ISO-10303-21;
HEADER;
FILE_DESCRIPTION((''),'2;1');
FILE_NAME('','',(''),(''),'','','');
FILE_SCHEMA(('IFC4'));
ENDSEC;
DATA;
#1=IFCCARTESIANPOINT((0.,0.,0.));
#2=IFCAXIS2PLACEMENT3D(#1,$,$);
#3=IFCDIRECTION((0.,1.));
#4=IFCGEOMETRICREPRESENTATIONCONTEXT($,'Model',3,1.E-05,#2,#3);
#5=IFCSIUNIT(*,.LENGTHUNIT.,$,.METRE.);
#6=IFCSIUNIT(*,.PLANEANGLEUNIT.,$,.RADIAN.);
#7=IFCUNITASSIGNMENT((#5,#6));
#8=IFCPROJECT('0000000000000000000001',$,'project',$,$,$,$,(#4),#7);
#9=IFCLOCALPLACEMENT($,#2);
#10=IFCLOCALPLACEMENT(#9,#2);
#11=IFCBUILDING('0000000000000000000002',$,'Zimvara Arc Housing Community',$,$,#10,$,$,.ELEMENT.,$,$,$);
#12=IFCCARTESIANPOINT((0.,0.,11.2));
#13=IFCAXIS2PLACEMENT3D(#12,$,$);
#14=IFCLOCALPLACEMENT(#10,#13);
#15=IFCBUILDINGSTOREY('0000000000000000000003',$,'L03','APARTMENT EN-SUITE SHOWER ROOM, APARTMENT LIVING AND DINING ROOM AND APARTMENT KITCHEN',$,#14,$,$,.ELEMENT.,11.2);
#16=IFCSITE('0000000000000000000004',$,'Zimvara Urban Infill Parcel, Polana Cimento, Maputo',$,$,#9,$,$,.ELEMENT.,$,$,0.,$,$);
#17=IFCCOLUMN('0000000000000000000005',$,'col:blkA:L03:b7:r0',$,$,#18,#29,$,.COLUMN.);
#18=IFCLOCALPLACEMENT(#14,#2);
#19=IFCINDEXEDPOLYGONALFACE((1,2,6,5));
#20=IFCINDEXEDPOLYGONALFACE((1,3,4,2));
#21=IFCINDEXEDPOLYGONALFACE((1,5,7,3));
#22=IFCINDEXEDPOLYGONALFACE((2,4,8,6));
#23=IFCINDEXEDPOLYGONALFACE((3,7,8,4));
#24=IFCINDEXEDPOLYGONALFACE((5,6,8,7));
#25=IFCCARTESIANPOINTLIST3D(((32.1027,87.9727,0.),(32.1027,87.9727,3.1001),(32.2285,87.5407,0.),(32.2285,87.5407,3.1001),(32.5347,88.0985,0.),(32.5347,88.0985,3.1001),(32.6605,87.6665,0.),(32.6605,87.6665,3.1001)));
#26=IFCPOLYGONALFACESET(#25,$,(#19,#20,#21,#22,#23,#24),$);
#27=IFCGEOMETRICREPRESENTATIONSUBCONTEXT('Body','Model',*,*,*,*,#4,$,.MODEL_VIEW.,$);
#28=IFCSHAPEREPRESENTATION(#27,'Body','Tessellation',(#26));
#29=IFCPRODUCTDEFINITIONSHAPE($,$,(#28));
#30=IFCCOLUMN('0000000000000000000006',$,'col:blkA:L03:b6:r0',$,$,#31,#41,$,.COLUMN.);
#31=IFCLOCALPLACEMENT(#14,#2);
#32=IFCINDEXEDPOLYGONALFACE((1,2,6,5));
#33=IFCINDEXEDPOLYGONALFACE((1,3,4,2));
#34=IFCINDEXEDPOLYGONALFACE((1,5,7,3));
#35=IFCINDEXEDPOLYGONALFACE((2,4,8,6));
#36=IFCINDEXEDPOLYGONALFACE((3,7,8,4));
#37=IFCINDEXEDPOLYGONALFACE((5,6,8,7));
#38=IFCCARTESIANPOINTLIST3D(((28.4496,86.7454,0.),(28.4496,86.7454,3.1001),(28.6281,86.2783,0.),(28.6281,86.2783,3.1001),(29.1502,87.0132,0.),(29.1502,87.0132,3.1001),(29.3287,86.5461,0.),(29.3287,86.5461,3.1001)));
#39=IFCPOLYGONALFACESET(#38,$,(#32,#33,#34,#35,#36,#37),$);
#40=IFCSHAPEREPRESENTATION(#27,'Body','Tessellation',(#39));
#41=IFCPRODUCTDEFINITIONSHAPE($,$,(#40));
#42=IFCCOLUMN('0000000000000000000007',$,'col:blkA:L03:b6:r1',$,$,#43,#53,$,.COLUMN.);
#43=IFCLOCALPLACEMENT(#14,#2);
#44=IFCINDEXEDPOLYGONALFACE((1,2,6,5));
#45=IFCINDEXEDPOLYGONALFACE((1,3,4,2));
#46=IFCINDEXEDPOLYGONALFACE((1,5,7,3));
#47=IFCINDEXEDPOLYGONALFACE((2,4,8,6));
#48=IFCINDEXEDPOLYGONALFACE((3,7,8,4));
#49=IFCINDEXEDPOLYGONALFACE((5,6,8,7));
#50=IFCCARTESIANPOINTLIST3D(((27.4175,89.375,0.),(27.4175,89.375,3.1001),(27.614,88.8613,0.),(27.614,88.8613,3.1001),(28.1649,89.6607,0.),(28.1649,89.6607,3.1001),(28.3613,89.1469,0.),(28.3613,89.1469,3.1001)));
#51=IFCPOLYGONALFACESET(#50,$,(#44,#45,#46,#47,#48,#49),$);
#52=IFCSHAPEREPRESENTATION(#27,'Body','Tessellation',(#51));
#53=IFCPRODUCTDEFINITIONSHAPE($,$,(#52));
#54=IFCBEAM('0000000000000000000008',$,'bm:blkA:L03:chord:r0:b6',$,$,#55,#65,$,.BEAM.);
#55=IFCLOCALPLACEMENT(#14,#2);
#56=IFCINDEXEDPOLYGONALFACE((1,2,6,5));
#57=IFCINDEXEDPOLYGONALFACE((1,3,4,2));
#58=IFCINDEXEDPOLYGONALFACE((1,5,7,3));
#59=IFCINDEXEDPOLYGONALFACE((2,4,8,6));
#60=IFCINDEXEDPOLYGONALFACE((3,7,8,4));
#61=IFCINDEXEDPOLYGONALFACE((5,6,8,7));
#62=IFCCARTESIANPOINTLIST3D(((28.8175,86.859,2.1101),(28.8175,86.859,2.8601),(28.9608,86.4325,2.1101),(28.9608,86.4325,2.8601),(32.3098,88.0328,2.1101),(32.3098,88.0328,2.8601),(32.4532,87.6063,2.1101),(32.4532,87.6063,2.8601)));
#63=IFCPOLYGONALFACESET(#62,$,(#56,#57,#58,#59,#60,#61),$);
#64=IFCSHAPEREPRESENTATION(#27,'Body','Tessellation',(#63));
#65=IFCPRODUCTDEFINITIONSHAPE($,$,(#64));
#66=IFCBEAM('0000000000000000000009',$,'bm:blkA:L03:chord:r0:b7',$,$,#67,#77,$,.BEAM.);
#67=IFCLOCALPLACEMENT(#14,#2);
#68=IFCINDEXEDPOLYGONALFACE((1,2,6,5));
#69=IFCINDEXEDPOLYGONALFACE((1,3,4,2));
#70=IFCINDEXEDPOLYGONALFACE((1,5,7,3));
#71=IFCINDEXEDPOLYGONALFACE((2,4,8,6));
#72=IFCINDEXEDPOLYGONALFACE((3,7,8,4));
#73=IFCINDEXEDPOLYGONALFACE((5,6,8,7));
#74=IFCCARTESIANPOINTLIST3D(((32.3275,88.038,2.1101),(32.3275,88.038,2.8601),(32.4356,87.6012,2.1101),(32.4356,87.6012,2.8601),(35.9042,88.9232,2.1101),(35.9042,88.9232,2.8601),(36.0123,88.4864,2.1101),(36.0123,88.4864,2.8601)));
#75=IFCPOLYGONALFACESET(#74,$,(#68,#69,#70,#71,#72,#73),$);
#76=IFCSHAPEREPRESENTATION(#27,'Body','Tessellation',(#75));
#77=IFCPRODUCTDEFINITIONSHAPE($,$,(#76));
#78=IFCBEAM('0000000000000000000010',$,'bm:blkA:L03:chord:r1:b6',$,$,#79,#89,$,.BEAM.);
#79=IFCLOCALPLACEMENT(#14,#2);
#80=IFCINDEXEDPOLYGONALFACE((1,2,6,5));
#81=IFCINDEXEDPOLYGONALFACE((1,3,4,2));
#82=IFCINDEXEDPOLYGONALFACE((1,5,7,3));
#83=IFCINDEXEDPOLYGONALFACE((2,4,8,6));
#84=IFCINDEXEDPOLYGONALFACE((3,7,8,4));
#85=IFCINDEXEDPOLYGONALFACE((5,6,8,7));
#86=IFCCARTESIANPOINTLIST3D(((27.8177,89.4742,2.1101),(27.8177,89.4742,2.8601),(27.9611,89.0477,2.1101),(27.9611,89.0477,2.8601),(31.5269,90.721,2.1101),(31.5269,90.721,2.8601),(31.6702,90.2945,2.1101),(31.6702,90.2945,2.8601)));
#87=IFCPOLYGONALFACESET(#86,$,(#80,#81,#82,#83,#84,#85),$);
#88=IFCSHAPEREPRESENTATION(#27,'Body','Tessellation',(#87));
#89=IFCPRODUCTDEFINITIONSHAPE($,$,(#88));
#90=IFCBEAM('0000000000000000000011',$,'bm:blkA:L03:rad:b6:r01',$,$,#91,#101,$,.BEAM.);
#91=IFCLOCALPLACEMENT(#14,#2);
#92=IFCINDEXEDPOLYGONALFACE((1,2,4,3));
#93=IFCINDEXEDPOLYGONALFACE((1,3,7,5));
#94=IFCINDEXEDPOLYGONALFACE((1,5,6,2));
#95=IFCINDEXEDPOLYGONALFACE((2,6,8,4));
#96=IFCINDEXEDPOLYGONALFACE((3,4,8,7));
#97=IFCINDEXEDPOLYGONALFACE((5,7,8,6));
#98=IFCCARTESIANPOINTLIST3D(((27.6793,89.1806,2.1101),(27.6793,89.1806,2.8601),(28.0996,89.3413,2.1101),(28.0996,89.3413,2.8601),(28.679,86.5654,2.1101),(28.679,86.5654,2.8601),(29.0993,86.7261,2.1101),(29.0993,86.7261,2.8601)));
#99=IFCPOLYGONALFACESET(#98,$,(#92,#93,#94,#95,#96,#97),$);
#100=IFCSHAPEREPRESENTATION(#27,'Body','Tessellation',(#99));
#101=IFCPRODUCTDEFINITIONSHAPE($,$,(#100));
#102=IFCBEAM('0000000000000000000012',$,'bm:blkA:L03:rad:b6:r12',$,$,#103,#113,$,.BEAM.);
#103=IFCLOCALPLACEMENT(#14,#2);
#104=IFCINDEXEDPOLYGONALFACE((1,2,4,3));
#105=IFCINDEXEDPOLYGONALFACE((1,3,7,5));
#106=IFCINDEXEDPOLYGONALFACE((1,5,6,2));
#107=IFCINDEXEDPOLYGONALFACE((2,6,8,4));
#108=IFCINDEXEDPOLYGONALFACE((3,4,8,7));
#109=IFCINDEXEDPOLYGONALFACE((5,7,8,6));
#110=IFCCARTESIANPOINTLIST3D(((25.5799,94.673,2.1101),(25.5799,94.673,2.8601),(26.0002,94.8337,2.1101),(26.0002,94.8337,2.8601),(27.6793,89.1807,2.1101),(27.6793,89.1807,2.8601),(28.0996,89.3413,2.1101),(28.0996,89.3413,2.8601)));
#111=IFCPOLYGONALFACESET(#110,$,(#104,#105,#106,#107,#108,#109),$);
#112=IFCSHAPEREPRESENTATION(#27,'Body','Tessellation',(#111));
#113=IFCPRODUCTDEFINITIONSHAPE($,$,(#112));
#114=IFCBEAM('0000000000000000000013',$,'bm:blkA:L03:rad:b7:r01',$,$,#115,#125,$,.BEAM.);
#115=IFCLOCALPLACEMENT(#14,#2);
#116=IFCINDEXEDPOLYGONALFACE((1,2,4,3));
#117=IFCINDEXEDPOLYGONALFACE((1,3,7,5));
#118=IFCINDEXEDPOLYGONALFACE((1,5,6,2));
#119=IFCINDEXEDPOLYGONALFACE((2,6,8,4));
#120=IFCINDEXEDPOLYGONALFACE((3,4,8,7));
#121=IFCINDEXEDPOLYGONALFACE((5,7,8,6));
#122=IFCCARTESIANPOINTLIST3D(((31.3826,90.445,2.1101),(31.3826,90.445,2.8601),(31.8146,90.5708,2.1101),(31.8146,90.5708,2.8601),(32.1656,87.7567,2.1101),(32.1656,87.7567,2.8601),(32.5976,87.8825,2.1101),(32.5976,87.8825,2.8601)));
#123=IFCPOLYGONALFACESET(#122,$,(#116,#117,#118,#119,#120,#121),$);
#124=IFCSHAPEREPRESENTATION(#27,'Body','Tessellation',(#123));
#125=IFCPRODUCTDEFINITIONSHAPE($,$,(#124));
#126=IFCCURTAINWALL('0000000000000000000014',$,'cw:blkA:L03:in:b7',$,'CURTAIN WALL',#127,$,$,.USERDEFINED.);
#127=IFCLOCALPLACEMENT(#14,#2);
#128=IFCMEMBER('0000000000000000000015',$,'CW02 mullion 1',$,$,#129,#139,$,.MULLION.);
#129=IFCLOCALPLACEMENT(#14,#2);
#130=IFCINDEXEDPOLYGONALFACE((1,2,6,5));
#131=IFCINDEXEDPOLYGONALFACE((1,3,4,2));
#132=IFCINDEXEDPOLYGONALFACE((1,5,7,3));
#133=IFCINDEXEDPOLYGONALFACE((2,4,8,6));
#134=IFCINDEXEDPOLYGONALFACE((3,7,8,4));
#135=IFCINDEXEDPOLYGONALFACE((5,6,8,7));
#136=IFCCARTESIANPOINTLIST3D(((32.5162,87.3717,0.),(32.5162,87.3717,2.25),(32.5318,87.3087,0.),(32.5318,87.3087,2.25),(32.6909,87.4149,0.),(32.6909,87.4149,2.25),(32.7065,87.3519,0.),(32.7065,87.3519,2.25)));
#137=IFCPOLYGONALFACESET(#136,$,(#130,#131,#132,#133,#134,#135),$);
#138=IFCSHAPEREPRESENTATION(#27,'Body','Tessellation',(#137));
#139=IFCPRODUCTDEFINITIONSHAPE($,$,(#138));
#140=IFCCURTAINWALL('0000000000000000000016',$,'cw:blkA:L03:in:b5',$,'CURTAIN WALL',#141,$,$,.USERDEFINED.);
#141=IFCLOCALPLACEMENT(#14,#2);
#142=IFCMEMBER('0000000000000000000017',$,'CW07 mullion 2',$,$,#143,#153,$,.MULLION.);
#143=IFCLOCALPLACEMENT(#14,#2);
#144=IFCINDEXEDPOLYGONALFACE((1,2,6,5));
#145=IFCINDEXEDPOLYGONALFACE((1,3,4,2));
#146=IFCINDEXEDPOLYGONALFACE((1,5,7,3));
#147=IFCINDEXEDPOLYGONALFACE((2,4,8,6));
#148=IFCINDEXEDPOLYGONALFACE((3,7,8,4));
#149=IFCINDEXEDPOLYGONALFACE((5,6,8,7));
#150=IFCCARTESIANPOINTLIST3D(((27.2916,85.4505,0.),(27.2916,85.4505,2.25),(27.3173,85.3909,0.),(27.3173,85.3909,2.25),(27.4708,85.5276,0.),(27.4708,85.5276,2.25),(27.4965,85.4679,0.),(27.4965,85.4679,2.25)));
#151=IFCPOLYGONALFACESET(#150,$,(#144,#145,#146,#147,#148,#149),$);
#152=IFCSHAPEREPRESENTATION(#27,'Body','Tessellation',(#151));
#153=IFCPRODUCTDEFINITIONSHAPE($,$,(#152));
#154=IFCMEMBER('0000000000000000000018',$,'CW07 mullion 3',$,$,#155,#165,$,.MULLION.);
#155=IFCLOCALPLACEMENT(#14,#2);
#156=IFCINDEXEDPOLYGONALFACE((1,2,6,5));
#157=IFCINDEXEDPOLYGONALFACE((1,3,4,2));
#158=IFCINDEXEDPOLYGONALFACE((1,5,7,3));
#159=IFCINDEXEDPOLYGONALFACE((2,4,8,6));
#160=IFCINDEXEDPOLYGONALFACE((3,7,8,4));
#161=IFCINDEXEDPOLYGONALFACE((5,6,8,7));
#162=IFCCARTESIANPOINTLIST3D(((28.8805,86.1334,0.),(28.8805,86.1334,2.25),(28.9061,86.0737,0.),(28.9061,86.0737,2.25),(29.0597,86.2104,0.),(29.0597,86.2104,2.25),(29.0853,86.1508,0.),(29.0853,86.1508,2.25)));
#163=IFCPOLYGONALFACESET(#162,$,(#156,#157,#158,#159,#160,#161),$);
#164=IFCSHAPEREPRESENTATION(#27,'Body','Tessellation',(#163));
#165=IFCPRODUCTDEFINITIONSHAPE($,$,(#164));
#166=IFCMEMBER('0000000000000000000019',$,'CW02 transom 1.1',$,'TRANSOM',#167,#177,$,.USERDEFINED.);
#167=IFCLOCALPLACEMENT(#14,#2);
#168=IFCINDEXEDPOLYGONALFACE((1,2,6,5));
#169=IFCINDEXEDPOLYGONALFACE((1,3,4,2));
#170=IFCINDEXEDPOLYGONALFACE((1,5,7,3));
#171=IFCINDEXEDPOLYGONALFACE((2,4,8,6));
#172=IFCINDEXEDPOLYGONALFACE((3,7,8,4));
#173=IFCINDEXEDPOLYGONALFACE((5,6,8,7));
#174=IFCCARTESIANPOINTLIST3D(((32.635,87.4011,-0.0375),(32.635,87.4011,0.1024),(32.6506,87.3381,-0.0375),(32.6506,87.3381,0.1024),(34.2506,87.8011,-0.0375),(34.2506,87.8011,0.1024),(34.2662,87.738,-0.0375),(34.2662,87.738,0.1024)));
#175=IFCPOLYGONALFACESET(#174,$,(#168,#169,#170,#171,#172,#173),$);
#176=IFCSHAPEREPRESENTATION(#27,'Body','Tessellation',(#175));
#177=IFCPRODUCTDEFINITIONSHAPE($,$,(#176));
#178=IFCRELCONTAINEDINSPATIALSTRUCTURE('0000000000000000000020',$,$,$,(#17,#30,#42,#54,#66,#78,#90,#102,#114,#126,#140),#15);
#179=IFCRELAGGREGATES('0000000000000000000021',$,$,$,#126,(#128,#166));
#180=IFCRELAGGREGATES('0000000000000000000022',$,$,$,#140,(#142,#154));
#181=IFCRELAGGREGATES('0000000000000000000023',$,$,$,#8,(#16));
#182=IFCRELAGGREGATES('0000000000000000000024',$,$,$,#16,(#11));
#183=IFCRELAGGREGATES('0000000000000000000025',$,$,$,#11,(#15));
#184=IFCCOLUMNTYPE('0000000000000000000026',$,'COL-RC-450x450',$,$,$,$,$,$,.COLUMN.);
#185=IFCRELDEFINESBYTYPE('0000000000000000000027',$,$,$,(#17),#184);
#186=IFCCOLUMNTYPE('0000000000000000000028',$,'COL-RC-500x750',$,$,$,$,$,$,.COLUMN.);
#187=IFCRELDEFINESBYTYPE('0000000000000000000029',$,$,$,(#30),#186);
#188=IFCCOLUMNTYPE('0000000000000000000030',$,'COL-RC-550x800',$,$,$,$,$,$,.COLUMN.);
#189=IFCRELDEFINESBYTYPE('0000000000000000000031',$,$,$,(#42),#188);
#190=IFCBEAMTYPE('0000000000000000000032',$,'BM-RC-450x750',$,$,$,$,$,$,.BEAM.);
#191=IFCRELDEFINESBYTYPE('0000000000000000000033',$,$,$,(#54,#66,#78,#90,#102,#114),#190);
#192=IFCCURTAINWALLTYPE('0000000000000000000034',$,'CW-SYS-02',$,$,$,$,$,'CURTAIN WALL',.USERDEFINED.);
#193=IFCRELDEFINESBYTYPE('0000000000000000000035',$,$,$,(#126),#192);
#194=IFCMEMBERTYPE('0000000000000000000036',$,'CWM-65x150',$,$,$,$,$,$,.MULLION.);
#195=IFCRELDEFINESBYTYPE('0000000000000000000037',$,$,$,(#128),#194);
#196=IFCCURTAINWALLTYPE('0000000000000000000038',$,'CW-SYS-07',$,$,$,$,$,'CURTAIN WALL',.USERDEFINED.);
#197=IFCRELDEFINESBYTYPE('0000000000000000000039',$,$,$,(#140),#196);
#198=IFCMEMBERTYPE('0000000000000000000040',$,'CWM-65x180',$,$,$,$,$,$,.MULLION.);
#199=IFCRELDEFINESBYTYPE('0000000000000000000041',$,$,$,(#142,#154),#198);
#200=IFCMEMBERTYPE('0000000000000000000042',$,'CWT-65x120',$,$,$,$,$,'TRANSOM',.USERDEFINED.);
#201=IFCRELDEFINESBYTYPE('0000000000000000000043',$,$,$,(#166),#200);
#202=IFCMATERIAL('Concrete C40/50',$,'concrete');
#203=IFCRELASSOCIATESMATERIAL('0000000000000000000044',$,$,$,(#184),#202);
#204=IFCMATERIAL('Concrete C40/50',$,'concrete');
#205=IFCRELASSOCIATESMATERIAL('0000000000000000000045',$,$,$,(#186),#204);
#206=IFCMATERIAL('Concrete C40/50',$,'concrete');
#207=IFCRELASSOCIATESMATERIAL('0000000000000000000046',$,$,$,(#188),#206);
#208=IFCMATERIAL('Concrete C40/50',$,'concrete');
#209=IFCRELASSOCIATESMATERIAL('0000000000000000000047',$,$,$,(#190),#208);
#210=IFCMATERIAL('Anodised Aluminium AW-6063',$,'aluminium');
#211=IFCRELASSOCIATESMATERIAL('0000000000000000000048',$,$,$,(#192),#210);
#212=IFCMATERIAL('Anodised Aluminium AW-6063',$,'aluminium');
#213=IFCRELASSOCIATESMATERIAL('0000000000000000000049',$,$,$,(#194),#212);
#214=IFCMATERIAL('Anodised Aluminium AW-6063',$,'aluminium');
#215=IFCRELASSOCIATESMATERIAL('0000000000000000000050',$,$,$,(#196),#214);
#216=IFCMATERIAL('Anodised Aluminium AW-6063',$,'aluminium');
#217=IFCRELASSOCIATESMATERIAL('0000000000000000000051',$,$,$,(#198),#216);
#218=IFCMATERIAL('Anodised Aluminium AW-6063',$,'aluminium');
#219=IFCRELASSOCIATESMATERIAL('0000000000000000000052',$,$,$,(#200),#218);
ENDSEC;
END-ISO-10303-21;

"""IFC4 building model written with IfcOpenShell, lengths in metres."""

from ifc_helpers import new_model, si_unit, direction, frame, origin, origin_2d, place, context, subcontext, project, spatial, rectangle, extrude, material, material_profile, profile_set, type_object, element, aggregate, save


model = new_model("IFC4")

# Units and contexts
model_context = context("Model", 3, precision=1e-05, world=origin(), true_north=direction((0.0, 1.0)))
body_context = subcontext(model_context, "Body", "Model", "MODEL_VIEW")
ifc_project = project(units=[si_unit("LENGTHUNIT", "METRE"), si_unit("PLANEANGLEUNIT", "RADIAN")], contexts=[model_context])

# Site, building, storey
site_placement = place(None, origin())
site = spatial("IfcSite", under=ifc_project, at=site_placement, Name="Zimvara Urban Infill Parcel, Polana Cimento, Maputo", CompositionType="ELEMENT", RefElevation=0.0)
building_placement = place(site_placement, origin())
building = spatial("IfcBuilding", under=site, at=building_placement, Name="Zimvara Arc Housing Community", CompositionType="ELEMENT")
storey_placement = place(building_placement, frame((0.0, 0.0, 11.2)))
storey = spatial("IfcBuildingStorey", under=building, at=storey_placement, Name="L03", Description="APARTMENT EN-SUITE SHOWER ROOM, APARTMENT LIVING AND DINING ROOM AND APARTMENT KITCHEN", CompositionType="ELEMENT", Elevation=11.2)

# Columns
ifc_material_1 = material(Name="Concrete C40/50", Category="concrete")
ifc_material_profile_1 = material_profile(ifc_material_1, rectangle(XDim=0.45, YDim=0.45, at=origin_2d()), Name="RC 450x450")
ifc_profile_set_1 = profile_set([ifc_material_profile_1], Name="Concrete C40/50")
column_type_1 = type_object("IfcColumnType", Name="COL-RC-450x450", PredefinedType="COLUMN", material=ifc_profile_set_1)
column_1_placement = place(storey_placement, frame((32.3816, 87.8196, 0.0), z_axis=(0.0, 0.0, 1.0), x_axis=(-0.279661, 0.960099, 0.0)))
element("IfcColumn", 1, at=column_1_placement, inside=storey, type_object=column_type_1, Name="col:blkA:L03:b7:r0", PredefinedType="COLUMN", context=body_context, shape_type="SweptSolid", body=[
    extrude(rectangle(XDim=0.45, YDim=0.45, at=origin_2d()), origin(), (0.0, 0.0, 1.0), 3.1001),
])
ifc_material_2 = material(Name="Concrete C40/50", Category="concrete")
ifc_material_profile_2 = material_profile(ifc_material_2, rectangle(XDim=0.5, YDim=0.75, at=origin_2d()), Name="RC 500x750")
ifc_profile_set_2 = profile_set([ifc_material_profile_2], Name="Concrete C40/50")
column_type_2 = type_object("IfcColumnType", Name="COL-RC-500x750", PredefinedType="COLUMN", material=ifc_profile_set_2)
column_2_placement = place(storey_placement, frame((28.8892, 86.6458, 0.0), z_axis=(0.0, 0.0, 1.0), x_axis=(-0.357064, 0.93408, 0.0)))
element("IfcColumn", 2, at=column_2_placement, inside=storey, type_object=column_type_2, Name="col:blkA:L03:b6:r0", PredefinedType="COLUMN", context=body_context, shape_type="SweptSolid", body=[
    extrude(rectangle(XDim=0.5, YDim=0.75, at=origin_2d()), origin(), (0.0, 0.0, 1.0), 3.1001),
])
ifc_material_3 = material(Name="Concrete C40/50", Category="concrete")
ifc_material_profile_3 = material_profile(ifc_material_3, rectangle(XDim=0.55, YDim=0.8, at=origin_2d()), Name="RC 550x800")
ifc_profile_set_3 = profile_set([ifc_material_profile_3], Name="Concrete C40/50")
column_type_3 = type_object("IfcColumnType", Name="COL-RC-550x800", PredefinedType="COLUMN", material=ifc_profile_set_3)
column_3_placement = place(storey_placement, frame((27.8894, 89.261, 0.0), z_axis=(0.0, 0.0, 1.0), x_axis=(-0.357064, 0.93408, 0.0)))
element("IfcColumn", 3, at=column_3_placement, inside=storey, type_object=column_type_3, Name="col:blkA:L03:b6:r1", PredefinedType="COLUMN", context=body_context, shape_type="SweptSolid", body=[
    extrude(rectangle(XDim=0.55, YDim=0.8, at=origin_2d()), origin(), (0.0, 0.0, 1.0), 3.1001),
])

# Beams
ifc_material_4 = material(Name="Concrete C40/50", Category="concrete")
ifc_material_profile_4 = material_profile(ifc_material_4, rectangle(XDim=0.45, YDim=0.75, at=origin_2d()), Name="RC 450x750")
ifc_profile_set_4 = profile_set([ifc_material_profile_4], Name="Concrete C40/50")
beam_type = type_object("IfcBeamType", Name="BM-RC-450x750", PredefinedType="BEAM", material=ifc_profile_set_4)
beam_1_placement = place(storey_placement, frame((28.8892, 86.6458, 2.4851), z_axis=(0.947892, 0.318592, 0.0), x_axis=(-0.318592, 0.947892, 0.0)))
element("IfcBeam", 4, at=beam_1_placement, inside=storey, type_object=beam_type, Name="bm:blkA:L03:chord:r0:b6", PredefinedType="BEAM", context=body_context, shape_type="SweptSolid", body=[
    extrude(rectangle(XDim=0.45, YDim=0.75, at=origin_2d()), origin(), (0.0, 0.0, 1.0), 3.6843),
])
beam_2_placement = place(storey_placement, frame((32.3816, 87.8196, 2.4851), z_axis=(0.970709, 0.240259, 0.0), x_axis=(-0.240259, 0.970709, 0.0)))
element("IfcBeam", 5, at=beam_2_placement, inside=storey, type_object=beam_type, Name="bm:blkA:L03:chord:r0:b7", PredefinedType="BEAM", context=body_context, shape_type="SweptSolid", body=[
    extrude(rectangle(XDim=0.45, YDim=0.75, at=origin_2d()), origin(), (0.0, 0.0, 1.0), 3.6846),
])
beam_3_placement = place(storey_placement, frame((27.8894, 89.261, 2.4851), z_axis=(0.947882, 0.318623, 0.0), x_axis=(-0.318623, 0.947882, 0.0)))
element("IfcBeam", 6, at=beam_3_placement, inside=storey, type_object=beam_type, Name="bm:blkA:L03:chord:r1:b6", PredefinedType="BEAM", context=body_context, shape_type="SweptSolid", body=[
    extrude(rectangle(XDim=0.45, YDim=0.75, at=origin_2d()), origin(), (0.0, 0.0, 1.0), 3.9131),
])
beam_4_placement = place(storey_placement, frame((28.8892, 86.6458, 2.4851), z_axis=(-0.357079, 0.934074, 0.0), x_axis=(-0.934074, -0.357079, 0.0)))
element("IfcBeam", 7, at=beam_4_placement, inside=storey, type_object=beam_type, Name="bm:blkA:L03:rad:b6:r01", PredefinedType="BEAM", context=body_context, shape_type="SweptSolid", body=[
    extrude(rectangle(XDim=0.45, YDim=0.75, at=origin_2d()), origin(), (0.0, 0.0, 1.0), 2.7998),
])
beam_5_placement = place(storey_placement, frame((27.8894, 89.261, 2.4851), z_axis=(-0.357036, 0.934091, 0.0), x_axis=(-0.934091, -0.357036, 0.0)))
element("IfcBeam", 8, at=beam_5_placement, inside=storey, type_object=beam_type, Name="bm:blkA:L03:rad:b6:r12", PredefinedType="BEAM", context=body_context, shape_type="SweptSolid", body=[
    extrude(rectangle(XDim=0.45, YDim=0.75, at=origin_2d()), origin(), (0.0, 0.0, 1.0), 5.8799),
])
beam_6_placement = place(storey_placement, frame((32.3816, 87.8196, 2.4851), z_axis=(-0.279635, 0.960106, 0.0), x_axis=(-0.960106, -0.279635, 0.0)))
element("IfcBeam", 9, at=beam_6_placement, inside=storey, type_object=beam_type, Name="bm:blkA:L03:rad:b7:r01", PredefinedType="BEAM", context=body_context, shape_type="SweptSolid", body=[
    extrude(rectangle(XDim=0.45, YDim=0.75, at=origin_2d()), origin(), (0.0, 0.0, 1.0), 2.8),
])

# Curtain wall, member
ifc_material_5 = material(Name="Anodised Aluminium AW-6063", Category="aluminium")
curtain_wall_type_1 = type_object("IfcCurtainWallType", Name="CW-SYS-02", ElementType="CURTAIN WALL", PredefinedType="USERDEFINED", material=ifc_material_5)
curtain_wall_1_placement = place(storey_placement, origin())
curtain_wall_1 = element("IfcCurtainWall", 10, at=curtain_wall_1_placement, inside=storey, type_object=curtain_wall_type_1, Name="cw:blkA:L03:in:b7", ObjectType="CURTAIN WALL", PredefinedType="USERDEFINED")
ifc_material_6 = material(Name="Anodised Aluminium AW-6063", Category="aluminium")
ifc_material_profile_5 = material_profile(ifc_material_6, rectangle(XDim=0.0649, YDim=0.1799, at=origin_2d()), Name="ALU 65x180")
ifc_profile_set_5 = profile_set([ifc_material_profile_5], Name="Anodised Aluminium AW-6063")
member_type_1 = type_object("IfcMemberType", Name="CWM-65x150", PredefinedType="MULLION", material=ifc_profile_set_5)
member_1_placement = place(storey_placement, frame((32.6113, 87.3618, 0.0), z_axis=(0.0, 0.0, 1.0), x_axis=(-0.240228, 0.970717, 0.0)))
member_1 = element("IfcMember", 11, at=member_1_placement, type_object=member_type_1, Name="CW02 mullion 1", PredefinedType="MULLION", context=body_context, shape_type="SweptSolid", body=[
    extrude(rectangle(XDim=0.0649, YDim=0.1799, at=origin_2d()), origin(), (0.0, 0.0, 1.0), 2.25),
])

# Curtain wall, members
ifc_material_7 = material(Name="Anodised Aluminium AW-6063", Category="aluminium")
curtain_wall_type_2 = type_object("IfcCurtainWallType", Name="CW-SYS-07", ElementType="CURTAIN WALL", PredefinedType="USERDEFINED", material=ifc_material_7)
curtain_wall_2_placement = place(storey_placement, origin())
curtain_wall_2 = element("IfcCurtainWall", 12, at=curtain_wall_2_placement, inside=storey, type_object=curtain_wall_type_2, Name="cw:blkA:L03:in:b5", ObjectType="CURTAIN WALL", PredefinedType="USERDEFINED")
ifc_material_8 = material(Name="Anodised Aluminium AW-6063", Category="aluminium")
ifc_material_profile_6 = material_profile(ifc_material_8, rectangle(XDim=0.0649, YDim=0.1951, at=origin_2d()), Name="ALU 65x195")
ifc_profile_set_6 = profile_set([ifc_material_profile_6], Name="Anodised Aluminium AW-6063")
member_type_2 = type_object("IfcMemberType", Name="CWM-65x180", PredefinedType="MULLION", material=ifc_profile_set_6)
member_2_placement = place(storey_placement, frame((27.394, 85.4592, 0.0), z_axis=(0.0, 0.0, 1.0), x_axis=(-0.394904, 0.918722, 0.0)))
member_2 = element("IfcMember", 13, at=member_2_placement, type_object=member_type_2, Name="CW07 mullion 2", PredefinedType="MULLION", context=body_context, shape_type="SweptSolid", body=[
    extrude(rectangle(XDim=0.0649, YDim=0.1951, at=origin_2d()), origin(), (0.0, 0.0, 1.0), 2.25),
])
member_3_placement = place(storey_placement, frame((28.9829, 86.1421, 0.0), z_axis=(0.0, 0.0, 1.0), x_axis=(-0.394904, 0.918722, 0.0)))
member_3 = element("IfcMember", 14, at=member_3_placement, type_object=member_type_2, Name="CW07 mullion 3", PredefinedType="MULLION", context=body_context, shape_type="SweptSolid", body=[
    extrude(rectangle(XDim=0.0649, YDim=0.1951, at=origin_2d()), origin(), (0.0, 0.0, 1.0), 2.25),
])

# Member
ifc_material_9 = material(Name="Anodised Aluminium AW-6063", Category="aluminium")
ifc_material_profile_7 = material_profile(ifc_material_9, rectangle(XDim=0.0649, YDim=0.1399, at=origin_2d()), Name="ALU 65x140")
ifc_profile_set_7 = profile_set([ifc_material_profile_7], Name="Anodised Aluminium AW-6063")
member_type_3 = type_object("IfcMemberType", Name="CWT-65x120", ElementType="TRANSOM", PredefinedType="USERDEFINED", material=ifc_profile_set_7)
member_4_placement = place(storey_placement, frame((32.6428, 87.3696, 0.0325), z_axis=(0.970701, 0.240291, 0.0), x_axis=(-0.240291, 0.970701, 0.0)))
member_4 = element("IfcMember", 15, at=member_4_placement, type_object=member_type_3, Name="CW02 transom 1.1", ObjectType="TRANSOM", PredefinedType="USERDEFINED", context=body_context, shape_type="SweptSolid", body=[
    extrude(rectangle(XDim=0.0649, YDim=0.1399, at=origin_2d()), origin(), (0.0, 0.0, 1.0), 1.6643),
])

aggregate(curtain_wall_1, [member_1, member_4])
aggregate(curtain_wall_2, [member_2, member_3])

save(model, "model.ifc")
